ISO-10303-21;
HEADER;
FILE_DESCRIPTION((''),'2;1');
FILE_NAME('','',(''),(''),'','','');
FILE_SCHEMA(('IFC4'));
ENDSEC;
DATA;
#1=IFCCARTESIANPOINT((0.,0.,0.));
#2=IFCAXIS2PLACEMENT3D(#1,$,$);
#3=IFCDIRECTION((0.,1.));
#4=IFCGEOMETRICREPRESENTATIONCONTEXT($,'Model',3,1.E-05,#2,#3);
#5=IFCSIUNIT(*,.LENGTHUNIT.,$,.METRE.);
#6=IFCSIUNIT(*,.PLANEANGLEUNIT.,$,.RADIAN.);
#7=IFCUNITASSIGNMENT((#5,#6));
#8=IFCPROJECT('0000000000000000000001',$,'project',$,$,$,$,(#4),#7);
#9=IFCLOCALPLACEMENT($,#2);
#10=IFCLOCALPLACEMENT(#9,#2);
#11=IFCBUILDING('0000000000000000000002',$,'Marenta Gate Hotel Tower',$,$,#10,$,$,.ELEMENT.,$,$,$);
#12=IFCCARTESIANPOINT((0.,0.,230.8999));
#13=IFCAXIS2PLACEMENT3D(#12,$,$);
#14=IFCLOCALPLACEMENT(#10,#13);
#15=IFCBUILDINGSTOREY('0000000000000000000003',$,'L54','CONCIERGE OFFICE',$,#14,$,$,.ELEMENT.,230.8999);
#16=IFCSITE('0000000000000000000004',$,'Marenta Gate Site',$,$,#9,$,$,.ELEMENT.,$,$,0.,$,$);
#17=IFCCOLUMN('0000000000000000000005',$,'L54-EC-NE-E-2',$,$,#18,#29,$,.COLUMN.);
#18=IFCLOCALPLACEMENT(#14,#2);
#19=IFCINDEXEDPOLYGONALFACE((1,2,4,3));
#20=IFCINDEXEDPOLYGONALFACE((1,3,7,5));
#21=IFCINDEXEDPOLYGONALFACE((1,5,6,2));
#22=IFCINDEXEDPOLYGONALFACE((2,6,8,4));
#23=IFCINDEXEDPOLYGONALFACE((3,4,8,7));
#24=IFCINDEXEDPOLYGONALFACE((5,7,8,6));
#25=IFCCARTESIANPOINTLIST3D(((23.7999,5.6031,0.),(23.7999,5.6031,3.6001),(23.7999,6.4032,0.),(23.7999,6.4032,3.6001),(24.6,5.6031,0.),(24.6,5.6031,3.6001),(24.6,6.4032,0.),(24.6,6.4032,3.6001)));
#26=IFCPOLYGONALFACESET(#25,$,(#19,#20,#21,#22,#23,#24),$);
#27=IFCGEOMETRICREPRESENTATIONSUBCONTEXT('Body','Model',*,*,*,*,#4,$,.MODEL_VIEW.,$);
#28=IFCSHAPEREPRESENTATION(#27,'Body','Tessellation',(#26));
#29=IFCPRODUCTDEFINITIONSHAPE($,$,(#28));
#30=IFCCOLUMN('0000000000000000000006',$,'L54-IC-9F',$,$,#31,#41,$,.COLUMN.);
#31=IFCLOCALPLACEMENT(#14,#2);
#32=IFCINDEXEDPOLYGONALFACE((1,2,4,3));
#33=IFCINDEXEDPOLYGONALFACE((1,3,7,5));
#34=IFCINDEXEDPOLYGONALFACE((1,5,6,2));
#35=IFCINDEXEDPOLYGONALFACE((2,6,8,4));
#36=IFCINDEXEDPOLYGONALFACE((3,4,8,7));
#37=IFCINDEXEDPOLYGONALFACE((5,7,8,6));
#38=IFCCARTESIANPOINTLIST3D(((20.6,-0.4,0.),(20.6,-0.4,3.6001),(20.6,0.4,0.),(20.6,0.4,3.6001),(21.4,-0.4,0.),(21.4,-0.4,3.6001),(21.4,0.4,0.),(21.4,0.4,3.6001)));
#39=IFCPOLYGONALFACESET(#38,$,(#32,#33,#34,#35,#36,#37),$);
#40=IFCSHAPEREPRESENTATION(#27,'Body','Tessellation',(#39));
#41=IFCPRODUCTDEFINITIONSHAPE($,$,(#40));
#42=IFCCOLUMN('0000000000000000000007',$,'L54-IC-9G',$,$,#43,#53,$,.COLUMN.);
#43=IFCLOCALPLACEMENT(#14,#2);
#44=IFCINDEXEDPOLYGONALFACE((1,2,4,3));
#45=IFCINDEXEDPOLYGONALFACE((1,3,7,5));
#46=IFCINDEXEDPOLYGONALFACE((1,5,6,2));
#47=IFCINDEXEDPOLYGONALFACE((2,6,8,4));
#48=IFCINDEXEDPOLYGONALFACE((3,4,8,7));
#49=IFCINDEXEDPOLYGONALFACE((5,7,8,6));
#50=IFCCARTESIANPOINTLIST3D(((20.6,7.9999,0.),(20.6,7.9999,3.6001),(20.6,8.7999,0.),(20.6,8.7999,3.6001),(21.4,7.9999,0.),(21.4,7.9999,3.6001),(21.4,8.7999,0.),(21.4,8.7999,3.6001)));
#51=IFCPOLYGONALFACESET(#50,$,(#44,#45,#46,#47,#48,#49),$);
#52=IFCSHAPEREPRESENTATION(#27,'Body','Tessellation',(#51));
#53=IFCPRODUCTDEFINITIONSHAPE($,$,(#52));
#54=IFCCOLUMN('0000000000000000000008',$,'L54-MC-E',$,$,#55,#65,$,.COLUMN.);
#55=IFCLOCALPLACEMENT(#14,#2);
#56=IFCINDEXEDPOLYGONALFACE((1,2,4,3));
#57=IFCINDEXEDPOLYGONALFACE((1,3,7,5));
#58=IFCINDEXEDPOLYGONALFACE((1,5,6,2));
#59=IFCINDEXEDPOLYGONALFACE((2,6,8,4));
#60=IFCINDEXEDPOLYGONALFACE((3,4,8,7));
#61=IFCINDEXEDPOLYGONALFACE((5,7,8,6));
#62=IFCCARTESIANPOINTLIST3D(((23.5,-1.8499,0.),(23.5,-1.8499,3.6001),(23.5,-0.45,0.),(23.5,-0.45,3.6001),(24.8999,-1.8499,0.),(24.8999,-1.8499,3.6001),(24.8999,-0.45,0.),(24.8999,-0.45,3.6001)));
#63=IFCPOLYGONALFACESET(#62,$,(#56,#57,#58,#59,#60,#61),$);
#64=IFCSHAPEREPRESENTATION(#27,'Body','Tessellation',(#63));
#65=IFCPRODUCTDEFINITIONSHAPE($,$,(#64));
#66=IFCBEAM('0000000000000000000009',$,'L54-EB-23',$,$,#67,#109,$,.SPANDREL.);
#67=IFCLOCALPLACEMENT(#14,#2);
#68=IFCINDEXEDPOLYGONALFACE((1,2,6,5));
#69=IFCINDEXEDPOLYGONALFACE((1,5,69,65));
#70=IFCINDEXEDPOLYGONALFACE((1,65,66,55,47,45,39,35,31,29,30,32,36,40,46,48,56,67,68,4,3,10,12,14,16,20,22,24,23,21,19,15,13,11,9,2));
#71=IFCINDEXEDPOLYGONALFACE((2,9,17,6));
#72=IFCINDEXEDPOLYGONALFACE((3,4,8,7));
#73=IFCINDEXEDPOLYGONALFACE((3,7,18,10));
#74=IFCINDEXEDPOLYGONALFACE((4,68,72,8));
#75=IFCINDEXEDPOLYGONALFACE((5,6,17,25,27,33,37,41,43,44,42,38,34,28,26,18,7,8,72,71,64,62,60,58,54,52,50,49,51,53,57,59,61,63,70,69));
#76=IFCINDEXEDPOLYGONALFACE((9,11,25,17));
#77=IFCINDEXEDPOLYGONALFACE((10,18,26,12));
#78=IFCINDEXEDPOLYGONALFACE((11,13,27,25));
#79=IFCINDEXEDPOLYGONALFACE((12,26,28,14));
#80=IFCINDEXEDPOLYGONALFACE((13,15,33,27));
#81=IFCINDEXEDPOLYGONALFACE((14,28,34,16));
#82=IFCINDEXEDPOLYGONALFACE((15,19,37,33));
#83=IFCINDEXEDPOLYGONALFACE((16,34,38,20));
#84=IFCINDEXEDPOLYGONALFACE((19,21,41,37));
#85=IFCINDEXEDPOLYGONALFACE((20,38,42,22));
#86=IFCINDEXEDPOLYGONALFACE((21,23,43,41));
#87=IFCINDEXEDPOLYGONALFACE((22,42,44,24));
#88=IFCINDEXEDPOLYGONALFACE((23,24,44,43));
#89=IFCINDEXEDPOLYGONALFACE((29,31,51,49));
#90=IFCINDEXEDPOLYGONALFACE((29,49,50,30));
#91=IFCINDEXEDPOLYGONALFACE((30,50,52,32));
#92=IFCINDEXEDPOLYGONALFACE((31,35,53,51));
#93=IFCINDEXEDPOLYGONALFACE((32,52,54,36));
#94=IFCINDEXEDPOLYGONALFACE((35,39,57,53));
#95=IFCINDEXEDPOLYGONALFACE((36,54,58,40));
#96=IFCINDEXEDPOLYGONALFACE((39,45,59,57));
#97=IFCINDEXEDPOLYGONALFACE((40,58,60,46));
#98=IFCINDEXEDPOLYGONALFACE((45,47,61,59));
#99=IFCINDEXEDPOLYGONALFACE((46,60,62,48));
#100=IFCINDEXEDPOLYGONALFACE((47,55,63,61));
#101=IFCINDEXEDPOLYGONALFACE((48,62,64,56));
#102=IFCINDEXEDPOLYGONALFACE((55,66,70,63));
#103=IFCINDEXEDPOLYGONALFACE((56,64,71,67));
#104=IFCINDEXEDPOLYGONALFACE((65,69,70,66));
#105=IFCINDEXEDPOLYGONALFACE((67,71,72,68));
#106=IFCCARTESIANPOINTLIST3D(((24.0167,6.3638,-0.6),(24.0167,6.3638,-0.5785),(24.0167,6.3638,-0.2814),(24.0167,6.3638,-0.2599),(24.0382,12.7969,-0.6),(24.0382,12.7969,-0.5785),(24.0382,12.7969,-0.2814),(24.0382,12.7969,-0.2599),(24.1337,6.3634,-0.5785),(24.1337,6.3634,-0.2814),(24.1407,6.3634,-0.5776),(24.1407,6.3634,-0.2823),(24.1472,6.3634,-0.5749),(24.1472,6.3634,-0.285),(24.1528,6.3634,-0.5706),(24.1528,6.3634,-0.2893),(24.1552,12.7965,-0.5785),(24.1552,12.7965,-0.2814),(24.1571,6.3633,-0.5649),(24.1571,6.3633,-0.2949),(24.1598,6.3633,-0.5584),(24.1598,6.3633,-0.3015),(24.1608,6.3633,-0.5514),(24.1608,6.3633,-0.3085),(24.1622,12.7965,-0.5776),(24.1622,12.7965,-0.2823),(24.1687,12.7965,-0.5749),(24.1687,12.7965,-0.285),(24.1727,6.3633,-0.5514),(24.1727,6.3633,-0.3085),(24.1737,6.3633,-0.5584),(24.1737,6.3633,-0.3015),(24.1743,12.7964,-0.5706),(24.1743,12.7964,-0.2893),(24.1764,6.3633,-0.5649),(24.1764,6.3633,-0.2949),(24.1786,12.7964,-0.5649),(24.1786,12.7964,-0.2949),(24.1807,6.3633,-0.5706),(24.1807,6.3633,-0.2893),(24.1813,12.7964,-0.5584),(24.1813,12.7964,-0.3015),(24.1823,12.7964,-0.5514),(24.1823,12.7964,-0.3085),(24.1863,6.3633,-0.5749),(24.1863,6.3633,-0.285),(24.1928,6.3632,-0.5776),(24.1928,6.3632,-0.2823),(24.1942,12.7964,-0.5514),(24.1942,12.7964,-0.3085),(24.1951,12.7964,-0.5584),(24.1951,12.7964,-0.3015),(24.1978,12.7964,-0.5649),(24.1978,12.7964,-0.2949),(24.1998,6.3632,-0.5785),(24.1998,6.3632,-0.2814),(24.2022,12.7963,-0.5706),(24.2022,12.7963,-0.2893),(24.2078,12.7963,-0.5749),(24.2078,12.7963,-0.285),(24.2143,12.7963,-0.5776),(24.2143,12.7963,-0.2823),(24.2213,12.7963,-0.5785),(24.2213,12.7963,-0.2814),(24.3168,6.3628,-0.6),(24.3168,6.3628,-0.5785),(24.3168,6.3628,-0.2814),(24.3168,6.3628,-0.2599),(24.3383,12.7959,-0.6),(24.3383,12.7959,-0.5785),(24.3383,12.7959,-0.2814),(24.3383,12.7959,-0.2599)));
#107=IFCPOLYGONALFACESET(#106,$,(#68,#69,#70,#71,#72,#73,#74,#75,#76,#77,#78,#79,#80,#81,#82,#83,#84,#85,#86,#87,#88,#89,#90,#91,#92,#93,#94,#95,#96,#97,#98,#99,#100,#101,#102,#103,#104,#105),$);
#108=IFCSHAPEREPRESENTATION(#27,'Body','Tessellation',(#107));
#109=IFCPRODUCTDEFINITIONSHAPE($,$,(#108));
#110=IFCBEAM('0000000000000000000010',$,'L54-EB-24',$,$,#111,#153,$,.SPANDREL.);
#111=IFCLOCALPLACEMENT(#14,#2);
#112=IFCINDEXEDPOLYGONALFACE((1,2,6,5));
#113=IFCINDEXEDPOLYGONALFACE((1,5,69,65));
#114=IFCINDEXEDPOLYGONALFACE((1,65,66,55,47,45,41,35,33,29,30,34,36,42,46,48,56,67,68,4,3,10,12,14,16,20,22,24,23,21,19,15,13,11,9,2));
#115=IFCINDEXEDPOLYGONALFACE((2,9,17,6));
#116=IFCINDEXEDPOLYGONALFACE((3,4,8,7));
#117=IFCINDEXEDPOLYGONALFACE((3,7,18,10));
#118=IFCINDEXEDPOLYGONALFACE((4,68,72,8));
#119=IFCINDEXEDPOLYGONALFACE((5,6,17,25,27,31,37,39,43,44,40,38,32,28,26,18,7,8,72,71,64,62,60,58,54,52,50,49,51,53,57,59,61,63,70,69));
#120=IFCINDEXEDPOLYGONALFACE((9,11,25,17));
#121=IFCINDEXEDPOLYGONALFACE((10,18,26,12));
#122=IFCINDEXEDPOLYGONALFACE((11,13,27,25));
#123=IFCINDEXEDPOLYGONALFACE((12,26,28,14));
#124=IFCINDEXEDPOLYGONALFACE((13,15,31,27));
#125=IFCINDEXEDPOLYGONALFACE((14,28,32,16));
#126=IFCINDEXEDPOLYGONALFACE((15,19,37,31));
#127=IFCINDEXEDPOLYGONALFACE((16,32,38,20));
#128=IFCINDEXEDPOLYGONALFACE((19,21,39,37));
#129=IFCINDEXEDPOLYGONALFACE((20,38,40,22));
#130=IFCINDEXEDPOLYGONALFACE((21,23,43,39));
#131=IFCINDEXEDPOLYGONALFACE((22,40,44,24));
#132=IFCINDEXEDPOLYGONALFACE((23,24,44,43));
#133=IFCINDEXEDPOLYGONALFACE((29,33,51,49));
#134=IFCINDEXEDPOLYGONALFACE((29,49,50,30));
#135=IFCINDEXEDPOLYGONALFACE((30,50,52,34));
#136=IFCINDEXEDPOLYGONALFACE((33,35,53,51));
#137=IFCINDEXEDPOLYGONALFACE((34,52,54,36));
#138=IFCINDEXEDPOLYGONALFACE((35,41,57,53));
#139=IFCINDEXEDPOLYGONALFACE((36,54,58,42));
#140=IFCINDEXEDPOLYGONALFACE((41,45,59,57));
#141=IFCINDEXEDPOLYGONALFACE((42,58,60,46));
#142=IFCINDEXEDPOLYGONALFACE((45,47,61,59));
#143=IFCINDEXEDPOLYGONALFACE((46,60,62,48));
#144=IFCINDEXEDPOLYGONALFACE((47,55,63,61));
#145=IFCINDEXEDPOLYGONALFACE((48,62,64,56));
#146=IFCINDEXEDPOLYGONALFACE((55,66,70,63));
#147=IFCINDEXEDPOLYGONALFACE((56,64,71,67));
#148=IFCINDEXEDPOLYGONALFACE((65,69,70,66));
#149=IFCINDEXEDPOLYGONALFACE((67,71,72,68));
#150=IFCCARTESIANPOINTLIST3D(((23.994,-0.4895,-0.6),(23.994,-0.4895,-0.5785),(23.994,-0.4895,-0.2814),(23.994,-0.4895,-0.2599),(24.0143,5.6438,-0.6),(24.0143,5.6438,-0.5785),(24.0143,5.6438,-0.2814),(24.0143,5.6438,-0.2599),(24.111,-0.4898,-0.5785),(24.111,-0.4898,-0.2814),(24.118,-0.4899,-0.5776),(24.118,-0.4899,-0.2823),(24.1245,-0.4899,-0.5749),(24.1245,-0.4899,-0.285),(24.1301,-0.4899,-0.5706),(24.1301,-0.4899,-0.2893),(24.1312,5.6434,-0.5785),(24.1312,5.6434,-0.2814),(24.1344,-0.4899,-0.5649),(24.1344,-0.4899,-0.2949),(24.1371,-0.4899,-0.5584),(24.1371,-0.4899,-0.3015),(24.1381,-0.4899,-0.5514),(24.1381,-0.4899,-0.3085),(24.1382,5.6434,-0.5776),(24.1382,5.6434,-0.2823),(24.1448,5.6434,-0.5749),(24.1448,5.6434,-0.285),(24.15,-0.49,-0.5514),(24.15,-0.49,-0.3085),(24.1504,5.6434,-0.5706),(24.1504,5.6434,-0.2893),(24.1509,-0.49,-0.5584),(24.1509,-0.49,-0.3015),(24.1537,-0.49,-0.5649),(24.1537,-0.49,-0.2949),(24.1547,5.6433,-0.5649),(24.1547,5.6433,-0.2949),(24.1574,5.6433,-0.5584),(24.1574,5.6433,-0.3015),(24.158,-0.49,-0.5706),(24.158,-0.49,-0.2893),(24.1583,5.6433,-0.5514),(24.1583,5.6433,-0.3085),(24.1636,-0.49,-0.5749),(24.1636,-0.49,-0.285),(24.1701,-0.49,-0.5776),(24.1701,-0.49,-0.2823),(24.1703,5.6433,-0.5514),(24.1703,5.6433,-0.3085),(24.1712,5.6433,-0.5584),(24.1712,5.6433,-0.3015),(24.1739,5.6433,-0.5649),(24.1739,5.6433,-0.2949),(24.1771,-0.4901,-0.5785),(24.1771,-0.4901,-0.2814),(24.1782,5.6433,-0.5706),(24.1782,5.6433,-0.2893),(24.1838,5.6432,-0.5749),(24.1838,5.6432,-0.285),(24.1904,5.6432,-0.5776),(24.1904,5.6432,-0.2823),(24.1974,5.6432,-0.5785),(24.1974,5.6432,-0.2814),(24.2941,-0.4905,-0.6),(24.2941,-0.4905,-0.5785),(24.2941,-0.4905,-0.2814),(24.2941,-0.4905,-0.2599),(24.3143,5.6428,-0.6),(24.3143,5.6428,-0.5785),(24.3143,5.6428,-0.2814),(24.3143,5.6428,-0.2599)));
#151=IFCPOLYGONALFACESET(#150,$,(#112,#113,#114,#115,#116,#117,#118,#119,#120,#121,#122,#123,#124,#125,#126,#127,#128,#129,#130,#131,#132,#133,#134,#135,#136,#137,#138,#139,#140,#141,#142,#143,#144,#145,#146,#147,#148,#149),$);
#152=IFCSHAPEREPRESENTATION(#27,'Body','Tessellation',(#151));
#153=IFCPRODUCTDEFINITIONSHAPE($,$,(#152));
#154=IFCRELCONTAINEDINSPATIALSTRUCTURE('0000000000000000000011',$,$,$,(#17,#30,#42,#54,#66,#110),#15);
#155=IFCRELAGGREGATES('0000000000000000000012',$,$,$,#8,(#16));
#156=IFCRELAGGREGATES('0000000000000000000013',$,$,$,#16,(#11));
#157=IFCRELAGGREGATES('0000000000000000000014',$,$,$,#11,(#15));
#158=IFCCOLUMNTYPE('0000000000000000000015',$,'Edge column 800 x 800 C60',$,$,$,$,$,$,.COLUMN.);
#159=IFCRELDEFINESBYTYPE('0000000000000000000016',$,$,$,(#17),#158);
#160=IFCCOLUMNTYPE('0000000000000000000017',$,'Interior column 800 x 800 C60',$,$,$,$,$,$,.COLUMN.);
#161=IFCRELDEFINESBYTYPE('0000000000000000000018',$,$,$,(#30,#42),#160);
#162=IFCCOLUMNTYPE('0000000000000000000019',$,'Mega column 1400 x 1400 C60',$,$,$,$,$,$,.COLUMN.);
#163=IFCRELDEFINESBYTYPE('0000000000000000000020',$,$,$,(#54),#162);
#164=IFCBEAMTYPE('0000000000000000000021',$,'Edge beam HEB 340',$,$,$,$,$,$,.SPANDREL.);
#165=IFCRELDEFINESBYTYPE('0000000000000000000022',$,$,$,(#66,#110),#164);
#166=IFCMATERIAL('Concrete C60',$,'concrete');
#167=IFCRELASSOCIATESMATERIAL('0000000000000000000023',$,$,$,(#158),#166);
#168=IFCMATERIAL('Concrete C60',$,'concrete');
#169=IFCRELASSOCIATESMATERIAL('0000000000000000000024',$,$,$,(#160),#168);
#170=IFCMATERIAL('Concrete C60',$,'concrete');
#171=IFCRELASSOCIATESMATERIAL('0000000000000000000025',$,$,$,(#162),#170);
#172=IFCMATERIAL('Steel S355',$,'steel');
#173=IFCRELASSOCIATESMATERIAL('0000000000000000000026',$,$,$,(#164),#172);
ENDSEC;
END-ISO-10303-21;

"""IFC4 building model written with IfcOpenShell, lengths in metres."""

from ifc_helpers import new_model, si_unit, direction, frame, origin, origin_2d, place, context, subcontext, project, spatial, rectangle, i_section, extrude, material, material_profile, profile_set, type_object, element, save


model = new_model("IFC4")

# Units and contexts
model_context = context("Model", 3, precision=1e-05, world=origin(), true_north=direction((0.0, 1.0)))
body_context = subcontext(model_context, "Body", "Model", "MODEL_VIEW")
ifc_project = project(units=[si_unit("LENGTHUNIT", "METRE"), si_unit("PLANEANGLEUNIT", "RADIAN")], contexts=[model_context])

# Site, building, storey
site_placement = place(None, origin())
site = spatial("IfcSite", under=ifc_project, at=site_placement, Name="Marenta Gate Site", CompositionType="ELEMENT", RefElevation=0.0)
building_placement = place(site_placement, origin())
building = spatial("IfcBuilding", under=site, at=building_placement, Name="Marenta Gate Hotel Tower", CompositionType="ELEMENT")
storey_placement = place(building_placement, frame((0.0, 0.0, 230.8999)))
storey = spatial("IfcBuildingStorey", under=building, at=storey_placement, Name="L54", Description="CONCIERGE OFFICE", CompositionType="ELEMENT", Elevation=230.8999)

# Columns
ifc_material_1 = material(Name="Concrete C60", Category="concrete")
ifc_material_profile_1 = material_profile(ifc_material_1, rectangle(XDim=0.8, YDim=0.8, at=origin_2d()), Name="800 x 800")
ifc_profile_set_1 = profile_set([ifc_material_profile_1], Name="Concrete C60")
column_type_1 = type_object("IfcColumnType", Name="Edge column 800 x 800 C60", PredefinedType="COLUMN", material=ifc_profile_set_1)
column_1_placement = place(storey_placement, frame((24.2, 6.0032, 0.0), z_axis=(0.0, 0.0, 1.0), x_axis=(1.0, 0.0, 0.0)))
element("IfcColumn", 1, at=column_1_placement, inside=storey, type_object=column_type_1, Name="L54-EC-NE-E-2", PredefinedType="COLUMN", context=body_context, shape_type="SweptSolid", body=[
    extrude(rectangle(XDim=0.8, YDim=0.8, at=origin_2d()), origin(), (0.0, 0.0, 1.0), 3.6001),
])
ifc_material_2 = material(Name="Concrete C60", Category="concrete")
ifc_material_profile_2 = material_profile(ifc_material_2, rectangle(XDim=0.8, YDim=0.8, at=origin_2d()), Name="800 x 800")
ifc_profile_set_2 = profile_set([ifc_material_profile_2], Name="Concrete C60")
column_type_2 = type_object("IfcColumnType", Name="Interior column 800 x 800 C60", PredefinedType="COLUMN", material=ifc_profile_set_2)
for number, where, z_axis, x_axis, name in (
    (2, (21.0, 0.0, 0.0), (0.0, 0.0, 1.0), (1.0, 0.0, 0.0), "L54-IC-9F"),
    (3, (21.0, 8.3999, 0.0), (0.0, 0.0, 1.0), (1.0, 0.0, 0.0), "L54-IC-9G"),
):
    element("IfcColumn", number, at=place(storey_placement, frame(where, z_axis=z_axis, x_axis=x_axis)), inside=storey, type_object=column_type_2, Name=name, PredefinedType="COLUMN", context=body_context, shape_type="SweptSolid", body=[
        extrude(rectangle(XDim=0.8, YDim=0.8, at=origin_2d()), origin(), (0.0, 0.0, 1.0), 3.6001),
    ])
ifc_material_3 = material(Name="Concrete C60", Category="concrete")
ifc_material_profile_3 = material_profile(ifc_material_3, rectangle(XDim=1.3999, YDim=1.3999, at=origin_2d()), Name="1400 x 1400")
ifc_profile_set_3 = profile_set([ifc_material_profile_3], Name="Concrete C60")
column_type_3 = type_object("IfcColumnType", Name="Mega column 1400 x 1400 C60", PredefinedType="COLUMN", material=ifc_profile_set_3)
column_2_placement = place(storey_placement, frame((24.2, -1.1499, 0.0), z_axis=(0.0, 0.0, 1.0), x_axis=(1.0, 0.0, 0.0)))
element("IfcColumn", 4, at=column_2_placement, inside=storey, type_object=column_type_3, Name="L54-MC-E", PredefinedType="COLUMN", context=body_context, shape_type="SweptSolid", body=[
    extrude(rectangle(XDim=1.3999, YDim=1.3999, at=origin_2d()), origin(), (0.0, 0.0, 1.0), 3.6001),
])

# Beams
ifc_material_4 = material(Name="Steel S355", Category="steel")
ifc_material_profile_4 = material_profile(ifc_material_4, i_section(OverallWidth=0.3, OverallDepth=0.3401, WebThickness=0.012, FlangeThickness=0.0215, FilletRadius=0.0271, at=origin_2d()), Name="HEB 340")
ifc_profile_set_4 = profile_set([ifc_material_profile_4], Name="Steel S355")
beam_type_1 = type_object("IfcBeamType", Name="Edge beam HEB 340", PredefinedType="SPANDREL", material=ifc_profile_set_4)
beam_1_placement = place(storey_placement, frame((24.1882, 12.7964, -0.4299), z_axis=(-0.00334, -0.999994, 0.0), x_axis=(0.999994, -0.00334, 0.0)))
element("IfcBeam", 5, at=beam_1_placement, inside=storey, type_object=beam_type_1, Name="L54-EB-23", PredefinedType="SPANDREL", context=body_context, shape_type="SweptSolid", body=[
    extrude(i_section(OverallWidth=0.3, OverallDepth=0.3401, WebThickness=0.012, FlangeThickness=0.0215, FilletRadius=0.0271, at=origin_2d()), origin(), (0.0, 0.0, 1.0), 6.4331),
])
beam_2_placement = place(storey_placement, frame((24.1643, 5.6433, -0.4299), z_axis=(-0.003304, -0.999995, 0.0), x_axis=(0.999995, -0.003304, 0.0)))
element("IfcBeam", 6, at=beam_2_placement, inside=storey, type_object=beam_type_1, Name="L54-EB-24", PredefinedType="SPANDREL", context=body_context, shape_type="SweptSolid", body=[
    extrude(i_section(OverallWidth=0.3, OverallDepth=0.3401, WebThickness=0.012, FlangeThickness=0.0215, FilletRadius=0.0271, at=origin_2d()), origin(), (0.0, 0.0, 1.0), 6.1333),
])

save(model, "model.ifc")
